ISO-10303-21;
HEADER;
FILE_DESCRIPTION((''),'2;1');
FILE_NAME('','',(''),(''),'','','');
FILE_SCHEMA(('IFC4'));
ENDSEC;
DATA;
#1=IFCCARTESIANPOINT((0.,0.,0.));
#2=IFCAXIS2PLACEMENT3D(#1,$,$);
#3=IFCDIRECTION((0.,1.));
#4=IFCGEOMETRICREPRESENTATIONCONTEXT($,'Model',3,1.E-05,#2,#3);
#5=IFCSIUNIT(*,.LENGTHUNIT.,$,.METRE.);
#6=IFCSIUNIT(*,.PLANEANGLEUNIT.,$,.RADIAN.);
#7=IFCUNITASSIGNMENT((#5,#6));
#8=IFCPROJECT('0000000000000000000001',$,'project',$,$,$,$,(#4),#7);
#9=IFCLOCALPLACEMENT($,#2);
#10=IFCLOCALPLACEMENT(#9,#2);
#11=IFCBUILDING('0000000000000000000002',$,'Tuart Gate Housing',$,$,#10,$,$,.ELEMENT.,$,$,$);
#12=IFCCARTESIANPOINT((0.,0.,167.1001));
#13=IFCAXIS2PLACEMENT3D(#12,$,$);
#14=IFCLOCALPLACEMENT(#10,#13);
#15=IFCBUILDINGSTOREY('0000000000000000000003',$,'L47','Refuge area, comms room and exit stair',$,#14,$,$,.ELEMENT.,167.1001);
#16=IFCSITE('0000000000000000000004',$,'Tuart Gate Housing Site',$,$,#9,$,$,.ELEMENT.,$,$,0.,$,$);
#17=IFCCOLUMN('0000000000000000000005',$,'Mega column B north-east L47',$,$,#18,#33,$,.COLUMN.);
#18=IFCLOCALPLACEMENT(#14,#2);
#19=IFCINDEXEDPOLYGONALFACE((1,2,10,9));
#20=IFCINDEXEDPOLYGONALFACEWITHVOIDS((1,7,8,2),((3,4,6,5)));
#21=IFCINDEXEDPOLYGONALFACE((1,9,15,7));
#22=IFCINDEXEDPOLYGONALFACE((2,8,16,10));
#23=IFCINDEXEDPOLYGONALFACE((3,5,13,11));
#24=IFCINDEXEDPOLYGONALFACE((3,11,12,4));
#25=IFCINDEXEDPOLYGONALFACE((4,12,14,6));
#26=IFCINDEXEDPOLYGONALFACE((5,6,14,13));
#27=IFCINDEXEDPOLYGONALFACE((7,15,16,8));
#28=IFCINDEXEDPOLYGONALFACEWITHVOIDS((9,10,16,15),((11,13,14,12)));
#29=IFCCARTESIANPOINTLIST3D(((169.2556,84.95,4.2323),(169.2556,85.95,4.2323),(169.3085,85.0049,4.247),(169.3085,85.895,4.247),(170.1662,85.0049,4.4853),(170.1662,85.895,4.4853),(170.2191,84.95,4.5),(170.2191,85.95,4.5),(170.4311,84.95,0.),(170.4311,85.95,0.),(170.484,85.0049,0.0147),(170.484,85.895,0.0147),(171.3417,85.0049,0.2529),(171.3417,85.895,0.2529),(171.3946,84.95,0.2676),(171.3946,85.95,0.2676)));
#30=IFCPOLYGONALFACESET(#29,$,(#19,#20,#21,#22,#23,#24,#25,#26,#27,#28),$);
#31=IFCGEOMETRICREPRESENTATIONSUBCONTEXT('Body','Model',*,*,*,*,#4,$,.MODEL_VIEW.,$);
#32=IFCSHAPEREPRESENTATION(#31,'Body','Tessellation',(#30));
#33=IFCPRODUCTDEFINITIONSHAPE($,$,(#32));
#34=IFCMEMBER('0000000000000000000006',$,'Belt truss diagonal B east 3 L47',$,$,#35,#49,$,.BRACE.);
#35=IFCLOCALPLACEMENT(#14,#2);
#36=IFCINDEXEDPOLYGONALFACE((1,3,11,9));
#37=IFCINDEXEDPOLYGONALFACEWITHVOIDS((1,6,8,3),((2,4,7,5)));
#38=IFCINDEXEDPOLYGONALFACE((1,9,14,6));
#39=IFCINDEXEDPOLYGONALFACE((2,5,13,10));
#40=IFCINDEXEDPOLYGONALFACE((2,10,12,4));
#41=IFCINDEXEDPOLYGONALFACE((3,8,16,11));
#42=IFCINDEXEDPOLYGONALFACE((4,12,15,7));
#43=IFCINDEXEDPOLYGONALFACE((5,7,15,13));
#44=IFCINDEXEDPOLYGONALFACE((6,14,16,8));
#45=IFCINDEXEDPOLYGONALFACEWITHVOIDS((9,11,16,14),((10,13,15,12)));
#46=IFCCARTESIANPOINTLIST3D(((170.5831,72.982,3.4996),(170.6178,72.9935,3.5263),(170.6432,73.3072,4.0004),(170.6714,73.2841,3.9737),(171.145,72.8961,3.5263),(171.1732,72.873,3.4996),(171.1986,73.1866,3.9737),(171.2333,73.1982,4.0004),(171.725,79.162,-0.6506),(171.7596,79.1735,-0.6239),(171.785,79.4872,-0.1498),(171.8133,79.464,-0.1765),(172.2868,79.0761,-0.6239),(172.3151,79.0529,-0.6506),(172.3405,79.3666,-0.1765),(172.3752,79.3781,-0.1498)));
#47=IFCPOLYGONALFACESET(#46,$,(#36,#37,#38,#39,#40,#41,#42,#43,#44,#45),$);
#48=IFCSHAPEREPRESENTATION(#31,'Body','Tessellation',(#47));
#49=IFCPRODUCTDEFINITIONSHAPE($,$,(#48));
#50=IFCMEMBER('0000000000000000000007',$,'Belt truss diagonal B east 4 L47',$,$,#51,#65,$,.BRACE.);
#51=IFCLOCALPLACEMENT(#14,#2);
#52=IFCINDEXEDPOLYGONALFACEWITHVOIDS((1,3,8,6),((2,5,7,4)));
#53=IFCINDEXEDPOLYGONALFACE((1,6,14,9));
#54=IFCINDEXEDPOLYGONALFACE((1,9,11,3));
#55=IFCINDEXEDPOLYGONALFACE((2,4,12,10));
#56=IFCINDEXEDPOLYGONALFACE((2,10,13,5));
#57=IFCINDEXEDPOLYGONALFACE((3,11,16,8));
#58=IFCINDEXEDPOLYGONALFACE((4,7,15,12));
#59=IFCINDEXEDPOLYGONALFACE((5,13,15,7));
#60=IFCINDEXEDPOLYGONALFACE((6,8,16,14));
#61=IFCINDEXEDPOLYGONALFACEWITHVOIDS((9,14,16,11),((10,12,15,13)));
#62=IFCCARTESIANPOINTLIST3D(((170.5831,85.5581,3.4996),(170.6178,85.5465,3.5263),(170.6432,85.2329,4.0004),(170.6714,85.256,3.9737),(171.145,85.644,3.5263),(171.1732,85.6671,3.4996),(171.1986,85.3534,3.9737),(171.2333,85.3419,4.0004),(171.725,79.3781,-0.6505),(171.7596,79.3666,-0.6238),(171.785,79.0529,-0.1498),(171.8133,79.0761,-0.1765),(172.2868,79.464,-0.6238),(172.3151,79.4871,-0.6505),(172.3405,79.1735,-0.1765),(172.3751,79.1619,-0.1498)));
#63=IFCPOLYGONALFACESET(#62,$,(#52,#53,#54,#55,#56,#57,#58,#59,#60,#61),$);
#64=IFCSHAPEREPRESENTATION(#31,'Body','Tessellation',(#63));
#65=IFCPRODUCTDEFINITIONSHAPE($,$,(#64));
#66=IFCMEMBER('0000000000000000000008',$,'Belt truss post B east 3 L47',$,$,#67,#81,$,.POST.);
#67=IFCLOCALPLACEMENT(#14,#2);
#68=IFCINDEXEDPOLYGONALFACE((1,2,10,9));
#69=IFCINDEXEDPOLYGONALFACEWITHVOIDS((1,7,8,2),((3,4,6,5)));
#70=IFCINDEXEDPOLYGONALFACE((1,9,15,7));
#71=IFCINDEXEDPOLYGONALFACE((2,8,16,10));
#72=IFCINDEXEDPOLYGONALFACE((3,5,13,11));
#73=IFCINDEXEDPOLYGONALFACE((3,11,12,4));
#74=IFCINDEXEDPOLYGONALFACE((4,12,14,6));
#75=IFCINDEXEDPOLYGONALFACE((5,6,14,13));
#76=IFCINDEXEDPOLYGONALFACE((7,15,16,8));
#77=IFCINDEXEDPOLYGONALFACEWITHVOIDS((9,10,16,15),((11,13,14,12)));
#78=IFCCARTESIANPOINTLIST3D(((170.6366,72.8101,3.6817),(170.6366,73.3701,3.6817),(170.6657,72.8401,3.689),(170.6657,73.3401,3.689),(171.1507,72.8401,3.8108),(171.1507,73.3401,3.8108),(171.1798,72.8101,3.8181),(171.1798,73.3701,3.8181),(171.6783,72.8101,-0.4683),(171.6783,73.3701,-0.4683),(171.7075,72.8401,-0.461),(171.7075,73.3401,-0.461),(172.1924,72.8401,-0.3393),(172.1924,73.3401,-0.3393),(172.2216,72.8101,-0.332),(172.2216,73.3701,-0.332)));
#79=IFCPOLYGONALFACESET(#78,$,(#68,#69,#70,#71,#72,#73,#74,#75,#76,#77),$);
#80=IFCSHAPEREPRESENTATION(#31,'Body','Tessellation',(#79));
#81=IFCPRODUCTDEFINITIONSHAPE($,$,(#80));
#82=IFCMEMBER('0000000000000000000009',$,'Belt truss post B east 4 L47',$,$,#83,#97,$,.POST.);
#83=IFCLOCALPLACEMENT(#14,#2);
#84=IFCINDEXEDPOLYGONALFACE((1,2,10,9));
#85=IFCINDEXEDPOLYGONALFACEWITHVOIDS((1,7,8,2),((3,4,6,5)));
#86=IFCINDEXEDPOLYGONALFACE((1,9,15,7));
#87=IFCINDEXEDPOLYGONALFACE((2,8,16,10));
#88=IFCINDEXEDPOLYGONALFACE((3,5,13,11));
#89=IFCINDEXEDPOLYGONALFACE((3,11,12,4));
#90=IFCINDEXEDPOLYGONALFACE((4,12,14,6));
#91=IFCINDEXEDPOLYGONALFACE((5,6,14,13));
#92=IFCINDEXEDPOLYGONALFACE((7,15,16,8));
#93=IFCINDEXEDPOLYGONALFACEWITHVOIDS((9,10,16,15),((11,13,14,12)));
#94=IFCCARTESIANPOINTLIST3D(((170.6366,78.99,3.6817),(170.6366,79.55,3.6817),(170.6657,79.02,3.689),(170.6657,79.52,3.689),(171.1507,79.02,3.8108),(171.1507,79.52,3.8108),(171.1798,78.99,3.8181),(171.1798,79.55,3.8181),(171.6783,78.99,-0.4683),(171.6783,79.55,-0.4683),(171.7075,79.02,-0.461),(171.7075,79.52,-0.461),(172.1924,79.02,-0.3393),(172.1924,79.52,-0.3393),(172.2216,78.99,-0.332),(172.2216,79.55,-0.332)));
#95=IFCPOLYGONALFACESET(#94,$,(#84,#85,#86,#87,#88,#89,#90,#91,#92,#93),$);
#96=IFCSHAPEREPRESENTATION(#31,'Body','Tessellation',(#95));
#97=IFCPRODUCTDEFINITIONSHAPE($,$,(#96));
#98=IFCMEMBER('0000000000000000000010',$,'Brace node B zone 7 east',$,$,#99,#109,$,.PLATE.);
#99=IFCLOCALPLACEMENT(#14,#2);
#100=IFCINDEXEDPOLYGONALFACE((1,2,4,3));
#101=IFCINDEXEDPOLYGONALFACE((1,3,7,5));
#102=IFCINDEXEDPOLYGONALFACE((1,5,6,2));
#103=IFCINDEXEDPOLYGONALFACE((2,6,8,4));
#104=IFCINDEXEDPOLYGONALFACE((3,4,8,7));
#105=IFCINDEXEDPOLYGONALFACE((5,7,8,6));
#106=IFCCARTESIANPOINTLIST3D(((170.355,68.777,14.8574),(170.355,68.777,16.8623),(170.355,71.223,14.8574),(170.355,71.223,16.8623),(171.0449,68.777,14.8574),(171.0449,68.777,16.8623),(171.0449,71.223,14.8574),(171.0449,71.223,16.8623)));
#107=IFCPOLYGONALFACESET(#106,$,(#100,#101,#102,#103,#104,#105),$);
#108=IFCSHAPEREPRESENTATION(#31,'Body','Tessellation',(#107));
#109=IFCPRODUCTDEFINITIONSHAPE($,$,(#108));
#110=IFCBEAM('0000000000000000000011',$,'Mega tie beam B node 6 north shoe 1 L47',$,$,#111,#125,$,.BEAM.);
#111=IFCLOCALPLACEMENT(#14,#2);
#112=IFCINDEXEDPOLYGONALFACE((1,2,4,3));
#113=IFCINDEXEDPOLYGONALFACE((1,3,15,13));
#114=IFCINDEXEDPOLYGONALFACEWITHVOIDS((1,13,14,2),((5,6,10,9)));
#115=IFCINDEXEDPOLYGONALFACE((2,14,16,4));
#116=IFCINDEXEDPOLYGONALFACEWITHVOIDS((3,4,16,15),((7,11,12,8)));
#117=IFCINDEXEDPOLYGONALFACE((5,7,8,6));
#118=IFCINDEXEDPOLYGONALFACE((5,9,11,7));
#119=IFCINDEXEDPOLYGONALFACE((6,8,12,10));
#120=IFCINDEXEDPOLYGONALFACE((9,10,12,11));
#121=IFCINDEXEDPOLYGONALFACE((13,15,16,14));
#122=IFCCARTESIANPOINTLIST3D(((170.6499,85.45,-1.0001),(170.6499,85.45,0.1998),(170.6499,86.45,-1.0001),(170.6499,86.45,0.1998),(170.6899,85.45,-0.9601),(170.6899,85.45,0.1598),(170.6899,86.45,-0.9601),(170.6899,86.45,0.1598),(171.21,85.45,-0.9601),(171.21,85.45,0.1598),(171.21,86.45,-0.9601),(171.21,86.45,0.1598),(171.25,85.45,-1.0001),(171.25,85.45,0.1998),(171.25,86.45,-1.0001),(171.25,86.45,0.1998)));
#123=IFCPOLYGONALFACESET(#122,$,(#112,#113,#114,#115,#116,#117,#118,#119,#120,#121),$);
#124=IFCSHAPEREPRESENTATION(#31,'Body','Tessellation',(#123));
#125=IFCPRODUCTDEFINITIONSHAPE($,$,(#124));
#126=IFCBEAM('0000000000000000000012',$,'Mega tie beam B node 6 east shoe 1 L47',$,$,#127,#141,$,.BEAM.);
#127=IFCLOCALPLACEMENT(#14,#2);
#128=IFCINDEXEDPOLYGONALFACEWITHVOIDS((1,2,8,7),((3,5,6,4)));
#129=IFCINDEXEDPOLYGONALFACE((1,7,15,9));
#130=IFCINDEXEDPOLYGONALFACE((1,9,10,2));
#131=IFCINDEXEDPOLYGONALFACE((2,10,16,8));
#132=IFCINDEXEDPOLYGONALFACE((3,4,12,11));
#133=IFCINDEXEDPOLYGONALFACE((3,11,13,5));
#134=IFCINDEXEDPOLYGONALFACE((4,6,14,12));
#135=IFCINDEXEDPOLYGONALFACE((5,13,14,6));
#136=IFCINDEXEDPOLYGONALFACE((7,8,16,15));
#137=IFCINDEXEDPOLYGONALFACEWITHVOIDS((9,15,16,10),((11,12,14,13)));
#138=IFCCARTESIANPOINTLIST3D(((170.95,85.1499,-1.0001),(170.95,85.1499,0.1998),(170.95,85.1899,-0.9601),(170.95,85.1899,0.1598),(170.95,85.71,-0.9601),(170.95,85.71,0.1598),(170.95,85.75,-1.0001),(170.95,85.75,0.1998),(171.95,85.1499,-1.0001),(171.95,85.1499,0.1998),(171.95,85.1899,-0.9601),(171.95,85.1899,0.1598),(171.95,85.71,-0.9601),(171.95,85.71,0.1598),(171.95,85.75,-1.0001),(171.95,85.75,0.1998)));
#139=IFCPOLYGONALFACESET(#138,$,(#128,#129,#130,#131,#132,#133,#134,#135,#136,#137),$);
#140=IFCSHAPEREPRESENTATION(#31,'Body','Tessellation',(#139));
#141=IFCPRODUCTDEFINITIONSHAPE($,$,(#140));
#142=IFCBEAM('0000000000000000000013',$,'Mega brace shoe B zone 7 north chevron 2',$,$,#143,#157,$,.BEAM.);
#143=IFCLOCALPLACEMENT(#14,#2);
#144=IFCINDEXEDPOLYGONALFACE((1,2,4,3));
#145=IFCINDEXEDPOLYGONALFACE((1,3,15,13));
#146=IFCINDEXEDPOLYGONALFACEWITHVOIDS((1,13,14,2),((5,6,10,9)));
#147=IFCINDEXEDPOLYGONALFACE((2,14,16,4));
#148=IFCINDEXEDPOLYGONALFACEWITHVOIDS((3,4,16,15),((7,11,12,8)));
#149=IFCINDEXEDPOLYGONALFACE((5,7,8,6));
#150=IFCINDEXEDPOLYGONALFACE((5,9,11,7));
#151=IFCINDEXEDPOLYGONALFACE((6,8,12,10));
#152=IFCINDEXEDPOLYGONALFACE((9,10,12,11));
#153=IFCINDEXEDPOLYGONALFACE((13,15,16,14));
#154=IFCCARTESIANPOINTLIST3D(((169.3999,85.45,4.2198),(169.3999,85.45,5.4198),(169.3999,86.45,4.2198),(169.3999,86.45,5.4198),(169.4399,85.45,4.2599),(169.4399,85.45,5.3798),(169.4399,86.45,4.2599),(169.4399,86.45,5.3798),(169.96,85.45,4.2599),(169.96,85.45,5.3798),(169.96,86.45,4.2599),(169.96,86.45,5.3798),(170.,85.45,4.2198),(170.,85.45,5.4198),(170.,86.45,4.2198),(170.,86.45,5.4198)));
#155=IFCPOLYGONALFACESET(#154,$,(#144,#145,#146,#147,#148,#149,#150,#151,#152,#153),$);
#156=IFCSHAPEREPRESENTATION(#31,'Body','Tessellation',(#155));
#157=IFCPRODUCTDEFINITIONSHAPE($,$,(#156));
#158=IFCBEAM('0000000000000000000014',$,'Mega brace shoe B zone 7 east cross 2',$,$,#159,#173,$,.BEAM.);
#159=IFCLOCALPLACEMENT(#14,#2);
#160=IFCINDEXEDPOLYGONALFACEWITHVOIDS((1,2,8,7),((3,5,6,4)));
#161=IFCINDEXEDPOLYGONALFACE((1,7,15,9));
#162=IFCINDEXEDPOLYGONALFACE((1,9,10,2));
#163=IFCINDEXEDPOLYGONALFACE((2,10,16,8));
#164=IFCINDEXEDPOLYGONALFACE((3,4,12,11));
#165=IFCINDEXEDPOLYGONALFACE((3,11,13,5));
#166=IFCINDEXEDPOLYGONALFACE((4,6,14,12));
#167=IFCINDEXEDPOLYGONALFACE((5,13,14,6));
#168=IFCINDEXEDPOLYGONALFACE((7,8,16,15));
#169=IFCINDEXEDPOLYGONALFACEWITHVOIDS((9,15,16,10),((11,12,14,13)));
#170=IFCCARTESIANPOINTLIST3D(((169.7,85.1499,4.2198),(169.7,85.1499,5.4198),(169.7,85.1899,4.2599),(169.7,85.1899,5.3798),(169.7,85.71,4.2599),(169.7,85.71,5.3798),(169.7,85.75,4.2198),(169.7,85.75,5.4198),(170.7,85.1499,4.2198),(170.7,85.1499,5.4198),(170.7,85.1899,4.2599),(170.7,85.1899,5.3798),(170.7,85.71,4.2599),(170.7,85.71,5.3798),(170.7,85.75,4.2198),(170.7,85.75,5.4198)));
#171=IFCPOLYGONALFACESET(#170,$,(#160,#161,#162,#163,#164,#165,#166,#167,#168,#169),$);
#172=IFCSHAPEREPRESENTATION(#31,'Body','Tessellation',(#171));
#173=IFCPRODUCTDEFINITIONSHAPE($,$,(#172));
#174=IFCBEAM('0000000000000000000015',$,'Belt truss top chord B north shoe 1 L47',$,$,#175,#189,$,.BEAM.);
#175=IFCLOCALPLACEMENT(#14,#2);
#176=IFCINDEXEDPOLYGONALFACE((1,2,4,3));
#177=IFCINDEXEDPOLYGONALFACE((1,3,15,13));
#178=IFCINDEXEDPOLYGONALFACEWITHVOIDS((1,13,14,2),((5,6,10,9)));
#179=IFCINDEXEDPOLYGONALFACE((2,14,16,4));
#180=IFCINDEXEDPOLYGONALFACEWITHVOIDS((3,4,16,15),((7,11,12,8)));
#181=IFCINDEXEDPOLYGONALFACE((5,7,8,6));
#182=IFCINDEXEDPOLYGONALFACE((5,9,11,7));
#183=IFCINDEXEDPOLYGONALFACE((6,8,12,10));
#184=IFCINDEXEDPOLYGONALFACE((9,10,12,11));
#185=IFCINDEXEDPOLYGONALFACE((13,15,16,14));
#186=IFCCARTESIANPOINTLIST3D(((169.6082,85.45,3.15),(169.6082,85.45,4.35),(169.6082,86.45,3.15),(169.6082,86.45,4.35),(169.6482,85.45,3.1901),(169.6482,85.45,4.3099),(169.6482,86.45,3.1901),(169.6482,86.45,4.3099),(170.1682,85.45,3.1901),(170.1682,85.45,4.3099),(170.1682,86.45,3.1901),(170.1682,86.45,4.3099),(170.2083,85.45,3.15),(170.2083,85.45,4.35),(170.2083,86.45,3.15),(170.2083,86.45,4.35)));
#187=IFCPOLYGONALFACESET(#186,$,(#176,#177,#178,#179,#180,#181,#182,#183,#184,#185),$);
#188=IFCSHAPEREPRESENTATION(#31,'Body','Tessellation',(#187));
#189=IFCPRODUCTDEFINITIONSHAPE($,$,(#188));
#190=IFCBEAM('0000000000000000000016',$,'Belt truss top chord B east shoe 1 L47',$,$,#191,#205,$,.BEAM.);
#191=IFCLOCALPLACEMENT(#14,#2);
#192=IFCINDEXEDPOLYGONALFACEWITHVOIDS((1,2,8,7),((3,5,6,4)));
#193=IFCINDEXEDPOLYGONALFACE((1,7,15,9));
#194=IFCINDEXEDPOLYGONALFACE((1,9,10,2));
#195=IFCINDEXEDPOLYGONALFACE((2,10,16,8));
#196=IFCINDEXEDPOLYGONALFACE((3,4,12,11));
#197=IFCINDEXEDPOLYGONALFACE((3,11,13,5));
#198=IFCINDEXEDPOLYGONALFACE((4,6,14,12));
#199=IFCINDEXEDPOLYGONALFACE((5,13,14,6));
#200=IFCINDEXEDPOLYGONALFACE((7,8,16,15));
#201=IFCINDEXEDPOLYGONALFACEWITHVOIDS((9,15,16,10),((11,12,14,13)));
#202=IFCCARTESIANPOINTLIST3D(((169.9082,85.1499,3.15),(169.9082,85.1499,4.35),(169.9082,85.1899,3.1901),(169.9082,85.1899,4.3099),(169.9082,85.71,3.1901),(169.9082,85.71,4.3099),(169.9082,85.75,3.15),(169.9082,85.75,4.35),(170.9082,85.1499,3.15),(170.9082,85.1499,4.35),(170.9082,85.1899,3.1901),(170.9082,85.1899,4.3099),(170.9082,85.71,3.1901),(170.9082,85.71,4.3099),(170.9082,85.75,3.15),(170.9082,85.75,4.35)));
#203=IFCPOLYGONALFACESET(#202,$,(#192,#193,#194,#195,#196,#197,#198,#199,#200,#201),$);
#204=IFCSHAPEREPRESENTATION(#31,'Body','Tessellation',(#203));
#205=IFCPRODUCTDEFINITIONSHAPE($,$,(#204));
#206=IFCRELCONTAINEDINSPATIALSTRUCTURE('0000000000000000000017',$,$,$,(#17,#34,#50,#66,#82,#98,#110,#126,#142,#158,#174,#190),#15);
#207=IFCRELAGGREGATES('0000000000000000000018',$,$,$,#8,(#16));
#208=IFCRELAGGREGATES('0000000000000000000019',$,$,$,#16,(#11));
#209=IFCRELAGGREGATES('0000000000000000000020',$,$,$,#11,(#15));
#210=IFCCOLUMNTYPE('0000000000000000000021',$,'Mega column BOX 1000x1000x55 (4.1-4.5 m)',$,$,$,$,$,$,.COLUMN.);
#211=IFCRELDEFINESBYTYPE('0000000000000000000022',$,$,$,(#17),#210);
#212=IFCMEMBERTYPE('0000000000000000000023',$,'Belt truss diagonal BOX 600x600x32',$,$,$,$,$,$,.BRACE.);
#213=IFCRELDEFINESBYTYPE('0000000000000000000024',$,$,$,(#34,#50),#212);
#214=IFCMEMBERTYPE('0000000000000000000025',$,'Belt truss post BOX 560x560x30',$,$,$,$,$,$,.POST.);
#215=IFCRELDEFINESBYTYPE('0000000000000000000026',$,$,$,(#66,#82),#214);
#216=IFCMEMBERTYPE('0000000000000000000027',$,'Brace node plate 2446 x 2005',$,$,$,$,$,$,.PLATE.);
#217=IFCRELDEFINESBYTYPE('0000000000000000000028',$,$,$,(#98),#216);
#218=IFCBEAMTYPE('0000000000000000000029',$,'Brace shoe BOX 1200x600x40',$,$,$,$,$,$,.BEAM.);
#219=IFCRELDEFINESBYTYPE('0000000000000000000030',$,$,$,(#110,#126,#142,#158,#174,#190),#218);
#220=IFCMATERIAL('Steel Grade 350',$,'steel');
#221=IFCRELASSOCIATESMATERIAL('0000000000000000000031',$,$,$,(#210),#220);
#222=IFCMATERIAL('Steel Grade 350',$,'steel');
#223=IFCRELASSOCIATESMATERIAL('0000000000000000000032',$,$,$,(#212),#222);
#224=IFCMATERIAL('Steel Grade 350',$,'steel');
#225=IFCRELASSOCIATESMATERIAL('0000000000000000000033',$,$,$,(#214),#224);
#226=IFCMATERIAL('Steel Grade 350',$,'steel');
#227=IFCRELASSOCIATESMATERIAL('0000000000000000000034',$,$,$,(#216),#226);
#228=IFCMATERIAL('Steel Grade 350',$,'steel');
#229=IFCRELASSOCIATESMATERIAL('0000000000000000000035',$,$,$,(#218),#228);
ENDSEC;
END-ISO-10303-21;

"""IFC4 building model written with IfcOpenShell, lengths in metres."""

from ifc_helpers import new_model, si_unit, direction, frame, origin, origin_2d, place, context, subcontext, project, spatial, rectangle, hollow_rectangle, extrude, material, material_profile, profile_set, type_object, element, save


model = new_model("IFC4")

# Units and contexts
model_context = context("Model", 3, precision=1e-05, world=origin(), true_north=direction((0.0, 1.0)))
body_context = subcontext(model_context, "Body", "Model", "MODEL_VIEW")
ifc_project = project(units=[si_unit("LENGTHUNIT", "METRE"), si_unit("PLANEANGLEUNIT", "RADIAN")], contexts=[model_context])

# Site, building, storey
site_placement = place(None, origin())
site = spatial("IfcSite", under=ifc_project, at=site_placement, Name="Tuart Gate Housing Site", CompositionType="ELEMENT", RefElevation=0.0)
building_placement = place(site_placement, origin())
building = spatial("IfcBuilding", under=site, at=building_placement, Name="Tuart Gate Housing", CompositionType="ELEMENT")
storey_placement = place(building_placement, frame((0.0, 0.0, 167.1001)))
storey = spatial("IfcBuildingStorey", under=building, at=storey_placement, Name="L47", Description="Refuge area, comms room and exit stair", CompositionType="ELEMENT", Elevation=167.1001)

# Column
ifc_material_1 = material(Name="Steel Grade 350", Category="steel")
ifc_material_profile_1 = material_profile(ifc_material_1, hollow_rectangle(XDim=1.0, YDim=1.0, WallThickness=0.0549, at=origin_2d()), Name="BOX 1000x1000x55")
ifc_profile_set_1 = profile_set([ifc_material_profile_1], Name="Steel Grade 350")
column_type = type_object("IfcColumnType", Name="Mega column BOX 1000x1000x55 (4.1-4.5 m)", PredefinedType="COLUMN", material=ifc_profile_set_1)
column_placement = place(storey_placement, frame((170.9128, 85.45, 0.1338), z_axis=(-0.267615, 0.0, 0.963526), x_axis=(0.0, -1.0, 0.0)))
element("IfcColumn", 1, at=column_placement, inside=storey, type_object=column_type, Name="Mega column B north-east L47", PredefinedType="COLUMN", context=body_context, shape_type="SweptSolid", body=[
    extrude(hollow_rectangle(XDim=1.0, YDim=1.0, WallThickness=0.0549, at=origin_2d()), origin(), (0.0, 0.0, 1.0), 4.3926),
])

# Members
ifc_material_2 = material(Name="Steel Grade 350", Category="steel")
ifc_material_profile_2 = material_profile(ifc_material_2, hollow_rectangle(XDim=0.6001, YDim=0.6001, WallThickness=0.032, at=origin_2d()), Name="BOX 600x600x32")
ifc_profile_set_2 = profile_set([ifc_material_profile_2], Name="Steel Grade 350")
member_type_1 = type_object("IfcMemberType", Name="Belt truss diagonal BOX 600x600x32", PredefinedType="BRACE", material=ifc_profile_set_2)
for number, where, z_axis, x_axis, name in (
    (2, (170.9082, 73.0901, 3.75), (0.151615, 0.820576, -0.55106), (-0.983356, 0.181691, 0.0), "Belt truss diagonal B east 3 L47"),
    (3, (172.05, 79.27, -0.4001), (-0.151615, 0.820576, 0.55106), (-0.983356, -0.181691, 0.0), "Belt truss diagonal B east 4 L47"),
):
    element("IfcMember", number, at=place(storey_placement, frame(where, z_axis=z_axis, x_axis=x_axis)), inside=storey, type_object=member_type_1, Name=name, PredefinedType="BRACE", context=body_context, shape_type="SweptSolid", body=[
        extrude(hollow_rectangle(XDim=0.6001, YDim=0.6001, WallThickness=0.032, at=origin_2d()), origin(), (0.0, 0.0, 1.0), 7.5312),
    ])
ifc_material_3 = material(Name="Steel Grade 350", Category="steel")
ifc_material_profile_3 = material_profile(ifc_material_3, hollow_rectangle(XDim=0.5601, YDim=0.5601, WallThickness=0.03, at=origin_2d()), Name="BOX 560x560x30")
ifc_profile_set_3 = profile_set([ifc_material_profile_3], Name="Steel Grade 350")
member_type_2 = type_object("IfcMemberType", Name="Belt truss post BOX 560x560x30", PredefinedType="POST", material=ifc_profile_set_3)
for number, where, z_axis, x_axis, name in (
    (4, (171.95, 73.0901, -0.4001), (-0.243462, 0.0, 0.96991), (0.0, -1.0, 0.0), "Belt truss post B east 3 L47"),
    (5, (171.95, 79.27, -0.4001), (-0.243462, 0.0, 0.96991), (0.0, -1.0, 0.0), "Belt truss post B east 4 L47"),
):
    element("IfcMember", number, at=place(storey_placement, frame(where, z_axis=z_axis, x_axis=x_axis)), inside=storey, type_object=member_type_2, Name=name, PredefinedType="POST", context=body_context, shape_type="SweptSolid", body=[
        extrude(hollow_rectangle(XDim=0.5601, YDim=0.5601, WallThickness=0.03, at=origin_2d()), origin(), (0.0, 0.0, 1.0), 4.2788),
    ])
ifc_material_4 = material(Name="Steel Grade 350", Category="steel")
ifc_material_profile_4 = material_profile(ifc_material_4, rectangle(XDim=2.446, YDim=2.0049, at=origin_2d()), Name="Brace node plate 2446 x 2005")
ifc_profile_set_4 = profile_set([ifc_material_profile_4], Name="Steel Grade 350")
member_type_3 = type_object("IfcMemberType", Name="Brace node plate 2446 x 2005", PredefinedType="PLATE", material=ifc_profile_set_4)
member_1_placement = place(storey_placement, frame((170.355, 70.0, 15.8599), z_axis=(1.0, 0.0, 0.0), x_axis=(0.0, 1.0, 0.0)))
element("IfcMember", 6, at=member_1_placement, inside=storey, type_object=member_type_3, Name="Brace node B zone 7 east", PredefinedType="PLATE", context=body_context, shape_type="SweptSolid", body=[
    extrude(rectangle(XDim=2.446, YDim=2.0049, at=origin_2d()), origin(), (0.0, 0.0, 1.0), 0.6899),
])

# Beams
ifc_material_5 = material(Name="Steel Grade 350", Category="steel")
ifc_material_profile_5 = material_profile(ifc_material_5, hollow_rectangle(XDim=0.6001, YDim=1.2, WallThickness=0.04, at=origin_2d()), Name="BOX 1200x600x40")
ifc_profile_set_5 = profile_set([ifc_material_profile_5], Name="Steel Grade 350")
beam_type = type_object("IfcBeamType", Name="Brace shoe BOX 1200x600x40", PredefinedType="BEAM", material=ifc_profile_set_5)
for number, where, z_axis, x_axis, name in (
    (7, (170.95, 85.45, -0.4001), (0.0, 1.0, 0.0), (-1.0, 0.0, 0.0), "Mega tie beam B node 6 north shoe 1 L47"),
    (8, (170.95, 85.45, -0.4001), (1.0, 0.0, 0.0), (0.0, 1.0, 0.0), "Mega tie beam B node 6 east shoe 1 L47"),
    (9, (169.7, 85.45, 4.8198), (0.0, 1.0, 0.0), (-1.0, 0.0, 0.0), "Mega brace shoe B zone 7 north chevron 2"),
    (10, (169.7, 85.45, 4.8198), (1.0, 0.0, 0.0), (0.0, 1.0, 0.0), "Mega brace shoe B zone 7 east cross 2"),
    (11, (169.9082, 85.45, 3.75), (0.0, 1.0, 0.0), (-1.0, 0.0, 0.0), "Belt truss top chord B north shoe 1 L47"),
    (12, (169.9082, 85.45, 3.75), (1.0, 0.0, 0.0), (0.0, 1.0, 0.0), "Belt truss top chord B east shoe 1 L47"),
):
    element("IfcBeam", number, at=place(storey_placement, frame(where, z_axis=z_axis, x_axis=x_axis)), inside=storey, type_object=beam_type, Name=name, PredefinedType="BEAM", context=body_context, shape_type="SweptSolid", body=[
        extrude(hollow_rectangle(XDim=0.6001, YDim=1.2, WallThickness=0.04, at=origin_2d()), origin(), (0.0, 0.0, 1.0), 1.0),
    ])

save(model, "model.ifc")
